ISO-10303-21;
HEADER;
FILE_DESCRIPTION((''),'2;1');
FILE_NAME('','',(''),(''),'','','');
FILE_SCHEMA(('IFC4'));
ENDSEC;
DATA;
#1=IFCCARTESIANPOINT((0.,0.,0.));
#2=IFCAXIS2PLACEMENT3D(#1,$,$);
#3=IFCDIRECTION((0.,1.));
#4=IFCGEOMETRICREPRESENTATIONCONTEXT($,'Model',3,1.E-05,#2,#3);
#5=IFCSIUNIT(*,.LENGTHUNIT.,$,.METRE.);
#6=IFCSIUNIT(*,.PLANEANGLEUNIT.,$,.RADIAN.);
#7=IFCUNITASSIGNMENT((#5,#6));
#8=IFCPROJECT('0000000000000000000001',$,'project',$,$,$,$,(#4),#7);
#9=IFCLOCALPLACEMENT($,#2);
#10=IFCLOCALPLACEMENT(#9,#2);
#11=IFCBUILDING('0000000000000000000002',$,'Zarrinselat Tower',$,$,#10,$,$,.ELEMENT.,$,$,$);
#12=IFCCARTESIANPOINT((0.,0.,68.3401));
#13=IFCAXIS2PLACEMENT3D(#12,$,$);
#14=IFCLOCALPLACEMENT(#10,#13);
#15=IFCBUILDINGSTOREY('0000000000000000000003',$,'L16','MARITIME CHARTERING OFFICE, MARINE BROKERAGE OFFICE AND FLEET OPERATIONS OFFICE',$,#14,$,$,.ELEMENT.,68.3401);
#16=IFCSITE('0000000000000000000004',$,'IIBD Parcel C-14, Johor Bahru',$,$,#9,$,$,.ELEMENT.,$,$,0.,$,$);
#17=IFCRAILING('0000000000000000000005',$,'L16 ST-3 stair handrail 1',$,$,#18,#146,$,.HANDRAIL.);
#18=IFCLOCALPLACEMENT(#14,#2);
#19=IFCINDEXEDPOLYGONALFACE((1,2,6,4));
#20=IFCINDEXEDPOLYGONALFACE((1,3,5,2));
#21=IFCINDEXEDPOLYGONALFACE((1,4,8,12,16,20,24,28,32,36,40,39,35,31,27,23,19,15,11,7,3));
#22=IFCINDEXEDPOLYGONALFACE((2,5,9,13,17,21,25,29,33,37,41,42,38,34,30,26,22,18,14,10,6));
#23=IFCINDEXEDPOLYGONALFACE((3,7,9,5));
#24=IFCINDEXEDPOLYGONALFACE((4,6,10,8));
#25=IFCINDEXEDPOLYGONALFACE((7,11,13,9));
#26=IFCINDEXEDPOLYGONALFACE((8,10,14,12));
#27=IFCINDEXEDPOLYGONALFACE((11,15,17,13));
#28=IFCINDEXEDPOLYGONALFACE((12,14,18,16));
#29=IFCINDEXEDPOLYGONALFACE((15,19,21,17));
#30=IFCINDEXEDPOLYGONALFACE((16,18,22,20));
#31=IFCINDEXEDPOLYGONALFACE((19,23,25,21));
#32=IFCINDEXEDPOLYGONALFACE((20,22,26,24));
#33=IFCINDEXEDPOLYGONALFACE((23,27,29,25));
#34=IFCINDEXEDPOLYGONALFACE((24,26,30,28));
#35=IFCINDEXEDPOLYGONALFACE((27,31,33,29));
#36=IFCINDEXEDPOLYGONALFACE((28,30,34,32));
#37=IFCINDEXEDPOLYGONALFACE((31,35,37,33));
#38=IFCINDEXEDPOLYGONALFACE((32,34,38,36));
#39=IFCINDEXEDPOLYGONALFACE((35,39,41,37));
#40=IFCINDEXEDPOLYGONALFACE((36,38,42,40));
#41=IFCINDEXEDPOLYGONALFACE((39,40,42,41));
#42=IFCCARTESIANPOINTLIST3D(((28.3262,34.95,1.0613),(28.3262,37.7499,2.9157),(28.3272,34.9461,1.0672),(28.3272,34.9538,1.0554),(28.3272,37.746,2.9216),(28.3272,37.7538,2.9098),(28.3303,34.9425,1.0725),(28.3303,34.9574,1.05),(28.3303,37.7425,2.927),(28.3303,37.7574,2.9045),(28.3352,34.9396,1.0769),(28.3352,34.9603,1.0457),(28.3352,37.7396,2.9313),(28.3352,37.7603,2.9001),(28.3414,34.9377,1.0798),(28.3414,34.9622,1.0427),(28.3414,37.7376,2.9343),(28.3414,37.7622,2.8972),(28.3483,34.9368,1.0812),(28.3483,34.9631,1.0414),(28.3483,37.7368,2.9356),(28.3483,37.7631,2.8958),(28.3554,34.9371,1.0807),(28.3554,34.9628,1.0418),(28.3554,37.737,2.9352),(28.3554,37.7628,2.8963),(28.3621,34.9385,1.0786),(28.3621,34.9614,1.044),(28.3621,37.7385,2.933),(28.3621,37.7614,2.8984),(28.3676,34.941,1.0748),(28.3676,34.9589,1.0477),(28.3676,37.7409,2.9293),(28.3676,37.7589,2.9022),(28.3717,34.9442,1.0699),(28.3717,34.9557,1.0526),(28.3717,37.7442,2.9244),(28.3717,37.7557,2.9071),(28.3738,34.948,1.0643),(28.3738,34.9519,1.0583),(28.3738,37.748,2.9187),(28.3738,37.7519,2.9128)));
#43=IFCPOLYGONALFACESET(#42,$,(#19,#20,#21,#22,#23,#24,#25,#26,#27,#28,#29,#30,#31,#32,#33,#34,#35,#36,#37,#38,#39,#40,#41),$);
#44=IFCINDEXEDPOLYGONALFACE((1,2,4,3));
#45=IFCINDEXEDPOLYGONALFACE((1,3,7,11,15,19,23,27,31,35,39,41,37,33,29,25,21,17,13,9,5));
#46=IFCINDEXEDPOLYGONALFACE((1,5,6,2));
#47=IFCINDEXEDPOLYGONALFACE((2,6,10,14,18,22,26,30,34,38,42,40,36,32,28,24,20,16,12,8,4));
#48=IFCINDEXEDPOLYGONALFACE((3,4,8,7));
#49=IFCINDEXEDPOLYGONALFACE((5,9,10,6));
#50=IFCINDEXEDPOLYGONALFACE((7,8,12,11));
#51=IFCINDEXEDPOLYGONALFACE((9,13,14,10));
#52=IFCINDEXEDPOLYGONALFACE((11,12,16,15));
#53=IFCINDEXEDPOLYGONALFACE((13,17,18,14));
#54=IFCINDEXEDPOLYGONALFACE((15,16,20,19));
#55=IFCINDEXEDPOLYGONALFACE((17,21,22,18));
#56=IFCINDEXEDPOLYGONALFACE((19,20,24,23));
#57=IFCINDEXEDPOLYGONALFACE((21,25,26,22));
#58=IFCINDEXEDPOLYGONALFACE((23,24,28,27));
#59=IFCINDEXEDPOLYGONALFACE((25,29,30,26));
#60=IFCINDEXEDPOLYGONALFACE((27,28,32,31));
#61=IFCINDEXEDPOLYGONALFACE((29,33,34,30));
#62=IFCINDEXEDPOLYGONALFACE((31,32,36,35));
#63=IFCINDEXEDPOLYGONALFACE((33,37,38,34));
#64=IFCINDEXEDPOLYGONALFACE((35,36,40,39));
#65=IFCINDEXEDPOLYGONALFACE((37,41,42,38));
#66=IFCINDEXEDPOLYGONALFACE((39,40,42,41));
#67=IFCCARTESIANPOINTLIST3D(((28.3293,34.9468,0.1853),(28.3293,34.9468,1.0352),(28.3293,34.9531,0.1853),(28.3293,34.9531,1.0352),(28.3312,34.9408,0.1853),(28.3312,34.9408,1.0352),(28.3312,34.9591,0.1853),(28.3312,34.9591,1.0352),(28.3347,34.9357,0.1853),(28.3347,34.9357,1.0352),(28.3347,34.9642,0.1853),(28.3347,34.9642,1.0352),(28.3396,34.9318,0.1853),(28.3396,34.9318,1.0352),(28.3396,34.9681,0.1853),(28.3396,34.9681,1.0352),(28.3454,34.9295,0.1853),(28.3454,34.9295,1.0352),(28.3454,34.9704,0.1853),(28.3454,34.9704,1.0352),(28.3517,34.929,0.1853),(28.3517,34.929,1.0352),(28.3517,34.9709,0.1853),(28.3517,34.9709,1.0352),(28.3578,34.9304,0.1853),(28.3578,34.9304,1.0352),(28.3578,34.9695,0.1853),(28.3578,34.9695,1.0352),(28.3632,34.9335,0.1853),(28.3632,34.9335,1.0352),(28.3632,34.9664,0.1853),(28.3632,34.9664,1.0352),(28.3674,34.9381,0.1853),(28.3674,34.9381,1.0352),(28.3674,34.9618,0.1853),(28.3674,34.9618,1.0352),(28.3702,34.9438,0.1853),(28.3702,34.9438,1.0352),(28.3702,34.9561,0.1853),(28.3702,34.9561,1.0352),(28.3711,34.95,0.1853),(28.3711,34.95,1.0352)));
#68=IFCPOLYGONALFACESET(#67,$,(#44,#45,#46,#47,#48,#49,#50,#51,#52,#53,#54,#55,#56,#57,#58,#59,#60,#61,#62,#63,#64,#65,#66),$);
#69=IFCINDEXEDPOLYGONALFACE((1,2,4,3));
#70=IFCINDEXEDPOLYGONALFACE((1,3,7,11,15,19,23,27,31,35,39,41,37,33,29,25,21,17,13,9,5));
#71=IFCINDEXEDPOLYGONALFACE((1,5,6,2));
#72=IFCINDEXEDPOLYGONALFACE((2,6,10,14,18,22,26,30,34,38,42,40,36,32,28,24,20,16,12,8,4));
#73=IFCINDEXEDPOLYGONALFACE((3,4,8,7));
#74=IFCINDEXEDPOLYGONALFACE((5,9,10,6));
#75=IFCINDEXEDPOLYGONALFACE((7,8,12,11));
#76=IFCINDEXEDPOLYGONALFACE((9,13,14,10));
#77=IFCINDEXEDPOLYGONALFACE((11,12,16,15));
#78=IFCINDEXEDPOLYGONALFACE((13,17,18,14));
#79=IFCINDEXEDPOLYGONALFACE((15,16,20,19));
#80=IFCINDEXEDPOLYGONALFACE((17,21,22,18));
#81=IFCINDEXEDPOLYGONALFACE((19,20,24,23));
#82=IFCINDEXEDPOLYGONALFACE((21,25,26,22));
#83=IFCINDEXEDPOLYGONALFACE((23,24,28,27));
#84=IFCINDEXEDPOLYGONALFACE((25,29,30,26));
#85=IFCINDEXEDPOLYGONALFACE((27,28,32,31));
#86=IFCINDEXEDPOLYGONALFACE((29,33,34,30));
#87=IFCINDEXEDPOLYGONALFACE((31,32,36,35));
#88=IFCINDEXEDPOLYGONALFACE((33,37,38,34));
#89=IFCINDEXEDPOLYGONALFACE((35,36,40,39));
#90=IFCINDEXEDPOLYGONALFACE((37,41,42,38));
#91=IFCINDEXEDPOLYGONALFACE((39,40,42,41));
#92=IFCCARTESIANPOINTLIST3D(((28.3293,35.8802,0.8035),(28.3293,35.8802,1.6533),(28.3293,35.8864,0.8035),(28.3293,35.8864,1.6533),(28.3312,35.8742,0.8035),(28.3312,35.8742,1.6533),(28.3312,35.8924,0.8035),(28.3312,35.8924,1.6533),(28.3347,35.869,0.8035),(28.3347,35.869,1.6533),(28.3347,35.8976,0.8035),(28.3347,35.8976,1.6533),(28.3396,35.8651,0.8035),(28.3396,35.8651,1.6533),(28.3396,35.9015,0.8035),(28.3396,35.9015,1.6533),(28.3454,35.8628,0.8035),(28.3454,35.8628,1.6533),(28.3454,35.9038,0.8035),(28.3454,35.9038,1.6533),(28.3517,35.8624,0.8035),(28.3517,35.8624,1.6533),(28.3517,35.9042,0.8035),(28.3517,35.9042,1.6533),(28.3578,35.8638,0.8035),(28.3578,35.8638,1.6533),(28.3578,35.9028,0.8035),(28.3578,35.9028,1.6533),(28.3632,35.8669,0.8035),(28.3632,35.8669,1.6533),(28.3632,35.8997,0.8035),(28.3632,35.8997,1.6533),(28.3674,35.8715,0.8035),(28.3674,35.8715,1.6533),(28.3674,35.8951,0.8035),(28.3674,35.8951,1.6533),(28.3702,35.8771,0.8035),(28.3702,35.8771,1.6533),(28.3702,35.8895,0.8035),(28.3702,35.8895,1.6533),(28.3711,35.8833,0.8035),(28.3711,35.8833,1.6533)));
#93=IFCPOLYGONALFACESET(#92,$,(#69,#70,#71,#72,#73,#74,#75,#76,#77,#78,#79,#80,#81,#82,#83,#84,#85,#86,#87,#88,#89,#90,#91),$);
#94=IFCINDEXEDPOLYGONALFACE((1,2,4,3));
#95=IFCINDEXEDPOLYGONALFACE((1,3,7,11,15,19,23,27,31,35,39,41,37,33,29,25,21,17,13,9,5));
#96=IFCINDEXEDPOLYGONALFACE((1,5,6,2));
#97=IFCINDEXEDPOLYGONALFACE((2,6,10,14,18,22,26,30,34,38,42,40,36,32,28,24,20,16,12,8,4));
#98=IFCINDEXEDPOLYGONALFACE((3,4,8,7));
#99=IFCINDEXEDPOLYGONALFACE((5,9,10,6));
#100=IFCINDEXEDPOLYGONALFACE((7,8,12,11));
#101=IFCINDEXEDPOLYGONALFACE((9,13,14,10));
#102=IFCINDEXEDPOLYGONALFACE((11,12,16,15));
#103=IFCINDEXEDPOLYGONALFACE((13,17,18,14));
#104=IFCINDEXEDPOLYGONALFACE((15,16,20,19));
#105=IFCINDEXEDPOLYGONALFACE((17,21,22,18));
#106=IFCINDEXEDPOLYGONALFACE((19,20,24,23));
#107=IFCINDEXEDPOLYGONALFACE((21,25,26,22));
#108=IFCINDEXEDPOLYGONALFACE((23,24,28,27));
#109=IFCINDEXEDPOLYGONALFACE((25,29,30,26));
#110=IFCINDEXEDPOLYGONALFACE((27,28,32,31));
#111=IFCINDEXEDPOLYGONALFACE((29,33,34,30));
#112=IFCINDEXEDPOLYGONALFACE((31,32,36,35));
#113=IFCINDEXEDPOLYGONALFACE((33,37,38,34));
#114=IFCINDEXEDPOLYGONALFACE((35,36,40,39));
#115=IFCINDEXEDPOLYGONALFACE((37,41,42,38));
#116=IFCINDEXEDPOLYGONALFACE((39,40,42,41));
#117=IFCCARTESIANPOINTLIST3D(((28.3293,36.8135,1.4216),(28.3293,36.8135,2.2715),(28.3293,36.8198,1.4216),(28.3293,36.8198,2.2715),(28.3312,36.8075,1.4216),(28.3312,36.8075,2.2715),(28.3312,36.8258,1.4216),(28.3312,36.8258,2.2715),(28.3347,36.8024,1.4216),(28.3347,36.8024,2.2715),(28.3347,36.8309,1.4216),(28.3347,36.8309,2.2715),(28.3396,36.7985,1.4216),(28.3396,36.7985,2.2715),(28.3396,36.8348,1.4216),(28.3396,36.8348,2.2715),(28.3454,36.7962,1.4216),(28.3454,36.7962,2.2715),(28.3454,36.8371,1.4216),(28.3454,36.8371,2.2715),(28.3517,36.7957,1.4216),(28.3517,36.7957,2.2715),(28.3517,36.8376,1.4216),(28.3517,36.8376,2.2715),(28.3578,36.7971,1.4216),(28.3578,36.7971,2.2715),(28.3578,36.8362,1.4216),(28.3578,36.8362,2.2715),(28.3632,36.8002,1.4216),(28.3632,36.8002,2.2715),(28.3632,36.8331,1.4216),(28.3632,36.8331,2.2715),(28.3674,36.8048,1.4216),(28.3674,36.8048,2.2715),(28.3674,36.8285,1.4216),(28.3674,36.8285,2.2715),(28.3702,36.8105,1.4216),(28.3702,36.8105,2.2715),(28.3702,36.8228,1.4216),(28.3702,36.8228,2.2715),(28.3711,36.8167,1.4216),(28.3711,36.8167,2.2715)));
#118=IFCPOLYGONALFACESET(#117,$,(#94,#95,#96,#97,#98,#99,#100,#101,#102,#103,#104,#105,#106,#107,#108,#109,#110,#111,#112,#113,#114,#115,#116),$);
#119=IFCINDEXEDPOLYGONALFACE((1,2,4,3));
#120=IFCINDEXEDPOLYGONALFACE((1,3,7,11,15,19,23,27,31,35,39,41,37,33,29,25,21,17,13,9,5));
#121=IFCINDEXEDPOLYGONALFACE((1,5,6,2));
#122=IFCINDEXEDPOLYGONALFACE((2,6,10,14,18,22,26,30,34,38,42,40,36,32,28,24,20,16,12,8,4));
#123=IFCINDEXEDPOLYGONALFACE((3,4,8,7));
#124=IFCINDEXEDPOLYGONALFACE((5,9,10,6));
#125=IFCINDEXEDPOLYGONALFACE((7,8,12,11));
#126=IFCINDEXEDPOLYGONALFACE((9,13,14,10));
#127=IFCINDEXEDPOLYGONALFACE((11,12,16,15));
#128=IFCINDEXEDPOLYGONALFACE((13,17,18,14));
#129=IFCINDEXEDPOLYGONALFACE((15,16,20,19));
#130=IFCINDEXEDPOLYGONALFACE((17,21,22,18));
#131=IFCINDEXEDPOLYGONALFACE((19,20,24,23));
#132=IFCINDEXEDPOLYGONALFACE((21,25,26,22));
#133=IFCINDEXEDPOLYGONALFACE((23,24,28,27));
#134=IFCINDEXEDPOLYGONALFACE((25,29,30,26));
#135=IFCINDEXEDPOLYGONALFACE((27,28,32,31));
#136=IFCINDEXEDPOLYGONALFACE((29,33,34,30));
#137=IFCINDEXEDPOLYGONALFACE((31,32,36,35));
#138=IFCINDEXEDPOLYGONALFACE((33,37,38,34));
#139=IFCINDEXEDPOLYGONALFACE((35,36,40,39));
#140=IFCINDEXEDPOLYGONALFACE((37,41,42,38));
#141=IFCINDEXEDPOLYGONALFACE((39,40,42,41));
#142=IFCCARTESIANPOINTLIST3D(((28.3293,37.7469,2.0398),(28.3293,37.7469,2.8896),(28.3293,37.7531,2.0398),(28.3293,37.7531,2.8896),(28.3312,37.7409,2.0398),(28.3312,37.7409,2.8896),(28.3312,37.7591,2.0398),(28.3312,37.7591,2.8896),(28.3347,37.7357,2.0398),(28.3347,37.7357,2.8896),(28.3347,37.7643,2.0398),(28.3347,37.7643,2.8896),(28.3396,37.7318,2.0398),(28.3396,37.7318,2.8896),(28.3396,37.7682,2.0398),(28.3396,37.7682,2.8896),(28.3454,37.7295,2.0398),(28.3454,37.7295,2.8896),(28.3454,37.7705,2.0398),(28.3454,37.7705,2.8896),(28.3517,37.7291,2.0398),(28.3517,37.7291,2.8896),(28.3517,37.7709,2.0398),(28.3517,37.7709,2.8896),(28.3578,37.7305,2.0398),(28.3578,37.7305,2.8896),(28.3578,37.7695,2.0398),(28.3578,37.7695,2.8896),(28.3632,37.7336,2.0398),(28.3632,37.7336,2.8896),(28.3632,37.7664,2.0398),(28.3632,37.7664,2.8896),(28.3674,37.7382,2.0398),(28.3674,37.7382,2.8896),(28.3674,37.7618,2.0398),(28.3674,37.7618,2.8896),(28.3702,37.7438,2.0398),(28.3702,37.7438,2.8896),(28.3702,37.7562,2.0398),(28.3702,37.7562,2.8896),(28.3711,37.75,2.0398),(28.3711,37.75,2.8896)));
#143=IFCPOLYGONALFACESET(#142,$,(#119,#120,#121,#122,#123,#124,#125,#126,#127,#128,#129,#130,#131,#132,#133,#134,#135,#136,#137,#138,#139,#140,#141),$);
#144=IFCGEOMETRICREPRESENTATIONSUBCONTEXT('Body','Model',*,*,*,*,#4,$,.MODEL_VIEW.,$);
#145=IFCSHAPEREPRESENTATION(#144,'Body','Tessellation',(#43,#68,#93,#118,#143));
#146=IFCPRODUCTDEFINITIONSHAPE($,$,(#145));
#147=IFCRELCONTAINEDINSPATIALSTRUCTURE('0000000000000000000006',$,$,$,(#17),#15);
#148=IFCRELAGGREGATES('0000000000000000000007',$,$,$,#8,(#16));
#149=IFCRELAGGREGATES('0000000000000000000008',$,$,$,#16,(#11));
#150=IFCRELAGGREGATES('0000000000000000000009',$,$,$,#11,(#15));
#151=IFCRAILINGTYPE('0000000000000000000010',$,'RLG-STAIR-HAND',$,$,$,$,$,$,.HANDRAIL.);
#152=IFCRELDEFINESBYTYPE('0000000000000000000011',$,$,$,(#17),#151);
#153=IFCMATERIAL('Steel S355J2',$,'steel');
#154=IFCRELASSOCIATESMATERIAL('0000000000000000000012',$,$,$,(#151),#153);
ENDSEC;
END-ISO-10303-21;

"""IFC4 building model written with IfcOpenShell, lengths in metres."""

from ifc_helpers import new_model, si_unit, direction, frame, origin, origin_2d, place, context, subcontext, project, spatial, circle, extrude, material, type_object, element, save


model = new_model("IFC4")

# Units and contexts
model_context = context("Model", 3, precision=1e-05, world=origin(), true_north=direction((0.0, 1.0)))
body_context = subcontext(model_context, "Body", "Model", "MODEL_VIEW")
ifc_project = project(units=[si_unit("LENGTHUNIT", "METRE"), si_unit("PLANEANGLEUNIT", "RADIAN")], contexts=[model_context])

# Site, building, storey
site_placement = place(None, origin())
site = spatial("IfcSite", under=ifc_project, at=site_placement, Name="IIBD Parcel C-14, Johor Bahru", CompositionType="ELEMENT", RefElevation=0.0)
building_placement = place(site_placement, origin())
building = spatial("IfcBuilding", under=site, at=building_placement, Name="Zarrinselat Tower", CompositionType="ELEMENT")
storey_placement = place(building_placement, frame((0.0, 0.0, 68.3401)))
storey = spatial("IfcBuildingStorey", under=building, at=storey_placement, Name="L16", Description="MARITIME CHARTERING OFFICE, MARINE BROKERAGE OFFICE AND FLEET OPERATIONS OFFICE", CompositionType="ELEMENT", Elevation=68.3401)

# Railing
ifc_material_1 = material(Name="Steel S355J2", Category="steel")
railing_type_1 = type_object("IfcRailingType", Name="RLG-STAIR-HAND", PredefinedType="HANDRAIL", material=ifc_material_1)
railing_1_placement = place(storey_placement, frame((28.3501, 34.95, 0.1853)))
element("IfcRailing", 1, at=railing_1_placement, inside=storey, type_object=railing_type_1, Name="L16 ST-3 stair handrail 1", PredefinedType="HANDRAIL", context=body_context, shape_type="SweptSolid", body=[
    extrude(circle(Radius=0.0239, at=origin_2d()), frame((0.0, 0.0, 0.876), z_axis=(0.0, 0.833724, 0.552181), x_axis=(-1.0, 0.0, 0.0)), (0.0, 0.0, 1.0), 3.3584),
    extrude(circle(Radius=0.021, at=origin_2d()), origin(), (0.0, 0.0, 1.0), 0.8499),
    extrude(circle(Radius=0.021, at=origin_2d()), frame((0.0, 0.9333, 0.6182)), (0.0, 0.0, 1.0), 0.8499),
    extrude(circle(Radius=0.021, at=origin_2d()), frame((0.0, 1.8667, 1.2363)), (0.0, 0.0, 1.0), 0.8499),
    extrude(circle(Radius=0.021, at=origin_2d()), frame((0.0, 2.8, 1.8545)), (0.0, 0.0, 1.0), 0.8499),
])

save(model, "model.ifc")
